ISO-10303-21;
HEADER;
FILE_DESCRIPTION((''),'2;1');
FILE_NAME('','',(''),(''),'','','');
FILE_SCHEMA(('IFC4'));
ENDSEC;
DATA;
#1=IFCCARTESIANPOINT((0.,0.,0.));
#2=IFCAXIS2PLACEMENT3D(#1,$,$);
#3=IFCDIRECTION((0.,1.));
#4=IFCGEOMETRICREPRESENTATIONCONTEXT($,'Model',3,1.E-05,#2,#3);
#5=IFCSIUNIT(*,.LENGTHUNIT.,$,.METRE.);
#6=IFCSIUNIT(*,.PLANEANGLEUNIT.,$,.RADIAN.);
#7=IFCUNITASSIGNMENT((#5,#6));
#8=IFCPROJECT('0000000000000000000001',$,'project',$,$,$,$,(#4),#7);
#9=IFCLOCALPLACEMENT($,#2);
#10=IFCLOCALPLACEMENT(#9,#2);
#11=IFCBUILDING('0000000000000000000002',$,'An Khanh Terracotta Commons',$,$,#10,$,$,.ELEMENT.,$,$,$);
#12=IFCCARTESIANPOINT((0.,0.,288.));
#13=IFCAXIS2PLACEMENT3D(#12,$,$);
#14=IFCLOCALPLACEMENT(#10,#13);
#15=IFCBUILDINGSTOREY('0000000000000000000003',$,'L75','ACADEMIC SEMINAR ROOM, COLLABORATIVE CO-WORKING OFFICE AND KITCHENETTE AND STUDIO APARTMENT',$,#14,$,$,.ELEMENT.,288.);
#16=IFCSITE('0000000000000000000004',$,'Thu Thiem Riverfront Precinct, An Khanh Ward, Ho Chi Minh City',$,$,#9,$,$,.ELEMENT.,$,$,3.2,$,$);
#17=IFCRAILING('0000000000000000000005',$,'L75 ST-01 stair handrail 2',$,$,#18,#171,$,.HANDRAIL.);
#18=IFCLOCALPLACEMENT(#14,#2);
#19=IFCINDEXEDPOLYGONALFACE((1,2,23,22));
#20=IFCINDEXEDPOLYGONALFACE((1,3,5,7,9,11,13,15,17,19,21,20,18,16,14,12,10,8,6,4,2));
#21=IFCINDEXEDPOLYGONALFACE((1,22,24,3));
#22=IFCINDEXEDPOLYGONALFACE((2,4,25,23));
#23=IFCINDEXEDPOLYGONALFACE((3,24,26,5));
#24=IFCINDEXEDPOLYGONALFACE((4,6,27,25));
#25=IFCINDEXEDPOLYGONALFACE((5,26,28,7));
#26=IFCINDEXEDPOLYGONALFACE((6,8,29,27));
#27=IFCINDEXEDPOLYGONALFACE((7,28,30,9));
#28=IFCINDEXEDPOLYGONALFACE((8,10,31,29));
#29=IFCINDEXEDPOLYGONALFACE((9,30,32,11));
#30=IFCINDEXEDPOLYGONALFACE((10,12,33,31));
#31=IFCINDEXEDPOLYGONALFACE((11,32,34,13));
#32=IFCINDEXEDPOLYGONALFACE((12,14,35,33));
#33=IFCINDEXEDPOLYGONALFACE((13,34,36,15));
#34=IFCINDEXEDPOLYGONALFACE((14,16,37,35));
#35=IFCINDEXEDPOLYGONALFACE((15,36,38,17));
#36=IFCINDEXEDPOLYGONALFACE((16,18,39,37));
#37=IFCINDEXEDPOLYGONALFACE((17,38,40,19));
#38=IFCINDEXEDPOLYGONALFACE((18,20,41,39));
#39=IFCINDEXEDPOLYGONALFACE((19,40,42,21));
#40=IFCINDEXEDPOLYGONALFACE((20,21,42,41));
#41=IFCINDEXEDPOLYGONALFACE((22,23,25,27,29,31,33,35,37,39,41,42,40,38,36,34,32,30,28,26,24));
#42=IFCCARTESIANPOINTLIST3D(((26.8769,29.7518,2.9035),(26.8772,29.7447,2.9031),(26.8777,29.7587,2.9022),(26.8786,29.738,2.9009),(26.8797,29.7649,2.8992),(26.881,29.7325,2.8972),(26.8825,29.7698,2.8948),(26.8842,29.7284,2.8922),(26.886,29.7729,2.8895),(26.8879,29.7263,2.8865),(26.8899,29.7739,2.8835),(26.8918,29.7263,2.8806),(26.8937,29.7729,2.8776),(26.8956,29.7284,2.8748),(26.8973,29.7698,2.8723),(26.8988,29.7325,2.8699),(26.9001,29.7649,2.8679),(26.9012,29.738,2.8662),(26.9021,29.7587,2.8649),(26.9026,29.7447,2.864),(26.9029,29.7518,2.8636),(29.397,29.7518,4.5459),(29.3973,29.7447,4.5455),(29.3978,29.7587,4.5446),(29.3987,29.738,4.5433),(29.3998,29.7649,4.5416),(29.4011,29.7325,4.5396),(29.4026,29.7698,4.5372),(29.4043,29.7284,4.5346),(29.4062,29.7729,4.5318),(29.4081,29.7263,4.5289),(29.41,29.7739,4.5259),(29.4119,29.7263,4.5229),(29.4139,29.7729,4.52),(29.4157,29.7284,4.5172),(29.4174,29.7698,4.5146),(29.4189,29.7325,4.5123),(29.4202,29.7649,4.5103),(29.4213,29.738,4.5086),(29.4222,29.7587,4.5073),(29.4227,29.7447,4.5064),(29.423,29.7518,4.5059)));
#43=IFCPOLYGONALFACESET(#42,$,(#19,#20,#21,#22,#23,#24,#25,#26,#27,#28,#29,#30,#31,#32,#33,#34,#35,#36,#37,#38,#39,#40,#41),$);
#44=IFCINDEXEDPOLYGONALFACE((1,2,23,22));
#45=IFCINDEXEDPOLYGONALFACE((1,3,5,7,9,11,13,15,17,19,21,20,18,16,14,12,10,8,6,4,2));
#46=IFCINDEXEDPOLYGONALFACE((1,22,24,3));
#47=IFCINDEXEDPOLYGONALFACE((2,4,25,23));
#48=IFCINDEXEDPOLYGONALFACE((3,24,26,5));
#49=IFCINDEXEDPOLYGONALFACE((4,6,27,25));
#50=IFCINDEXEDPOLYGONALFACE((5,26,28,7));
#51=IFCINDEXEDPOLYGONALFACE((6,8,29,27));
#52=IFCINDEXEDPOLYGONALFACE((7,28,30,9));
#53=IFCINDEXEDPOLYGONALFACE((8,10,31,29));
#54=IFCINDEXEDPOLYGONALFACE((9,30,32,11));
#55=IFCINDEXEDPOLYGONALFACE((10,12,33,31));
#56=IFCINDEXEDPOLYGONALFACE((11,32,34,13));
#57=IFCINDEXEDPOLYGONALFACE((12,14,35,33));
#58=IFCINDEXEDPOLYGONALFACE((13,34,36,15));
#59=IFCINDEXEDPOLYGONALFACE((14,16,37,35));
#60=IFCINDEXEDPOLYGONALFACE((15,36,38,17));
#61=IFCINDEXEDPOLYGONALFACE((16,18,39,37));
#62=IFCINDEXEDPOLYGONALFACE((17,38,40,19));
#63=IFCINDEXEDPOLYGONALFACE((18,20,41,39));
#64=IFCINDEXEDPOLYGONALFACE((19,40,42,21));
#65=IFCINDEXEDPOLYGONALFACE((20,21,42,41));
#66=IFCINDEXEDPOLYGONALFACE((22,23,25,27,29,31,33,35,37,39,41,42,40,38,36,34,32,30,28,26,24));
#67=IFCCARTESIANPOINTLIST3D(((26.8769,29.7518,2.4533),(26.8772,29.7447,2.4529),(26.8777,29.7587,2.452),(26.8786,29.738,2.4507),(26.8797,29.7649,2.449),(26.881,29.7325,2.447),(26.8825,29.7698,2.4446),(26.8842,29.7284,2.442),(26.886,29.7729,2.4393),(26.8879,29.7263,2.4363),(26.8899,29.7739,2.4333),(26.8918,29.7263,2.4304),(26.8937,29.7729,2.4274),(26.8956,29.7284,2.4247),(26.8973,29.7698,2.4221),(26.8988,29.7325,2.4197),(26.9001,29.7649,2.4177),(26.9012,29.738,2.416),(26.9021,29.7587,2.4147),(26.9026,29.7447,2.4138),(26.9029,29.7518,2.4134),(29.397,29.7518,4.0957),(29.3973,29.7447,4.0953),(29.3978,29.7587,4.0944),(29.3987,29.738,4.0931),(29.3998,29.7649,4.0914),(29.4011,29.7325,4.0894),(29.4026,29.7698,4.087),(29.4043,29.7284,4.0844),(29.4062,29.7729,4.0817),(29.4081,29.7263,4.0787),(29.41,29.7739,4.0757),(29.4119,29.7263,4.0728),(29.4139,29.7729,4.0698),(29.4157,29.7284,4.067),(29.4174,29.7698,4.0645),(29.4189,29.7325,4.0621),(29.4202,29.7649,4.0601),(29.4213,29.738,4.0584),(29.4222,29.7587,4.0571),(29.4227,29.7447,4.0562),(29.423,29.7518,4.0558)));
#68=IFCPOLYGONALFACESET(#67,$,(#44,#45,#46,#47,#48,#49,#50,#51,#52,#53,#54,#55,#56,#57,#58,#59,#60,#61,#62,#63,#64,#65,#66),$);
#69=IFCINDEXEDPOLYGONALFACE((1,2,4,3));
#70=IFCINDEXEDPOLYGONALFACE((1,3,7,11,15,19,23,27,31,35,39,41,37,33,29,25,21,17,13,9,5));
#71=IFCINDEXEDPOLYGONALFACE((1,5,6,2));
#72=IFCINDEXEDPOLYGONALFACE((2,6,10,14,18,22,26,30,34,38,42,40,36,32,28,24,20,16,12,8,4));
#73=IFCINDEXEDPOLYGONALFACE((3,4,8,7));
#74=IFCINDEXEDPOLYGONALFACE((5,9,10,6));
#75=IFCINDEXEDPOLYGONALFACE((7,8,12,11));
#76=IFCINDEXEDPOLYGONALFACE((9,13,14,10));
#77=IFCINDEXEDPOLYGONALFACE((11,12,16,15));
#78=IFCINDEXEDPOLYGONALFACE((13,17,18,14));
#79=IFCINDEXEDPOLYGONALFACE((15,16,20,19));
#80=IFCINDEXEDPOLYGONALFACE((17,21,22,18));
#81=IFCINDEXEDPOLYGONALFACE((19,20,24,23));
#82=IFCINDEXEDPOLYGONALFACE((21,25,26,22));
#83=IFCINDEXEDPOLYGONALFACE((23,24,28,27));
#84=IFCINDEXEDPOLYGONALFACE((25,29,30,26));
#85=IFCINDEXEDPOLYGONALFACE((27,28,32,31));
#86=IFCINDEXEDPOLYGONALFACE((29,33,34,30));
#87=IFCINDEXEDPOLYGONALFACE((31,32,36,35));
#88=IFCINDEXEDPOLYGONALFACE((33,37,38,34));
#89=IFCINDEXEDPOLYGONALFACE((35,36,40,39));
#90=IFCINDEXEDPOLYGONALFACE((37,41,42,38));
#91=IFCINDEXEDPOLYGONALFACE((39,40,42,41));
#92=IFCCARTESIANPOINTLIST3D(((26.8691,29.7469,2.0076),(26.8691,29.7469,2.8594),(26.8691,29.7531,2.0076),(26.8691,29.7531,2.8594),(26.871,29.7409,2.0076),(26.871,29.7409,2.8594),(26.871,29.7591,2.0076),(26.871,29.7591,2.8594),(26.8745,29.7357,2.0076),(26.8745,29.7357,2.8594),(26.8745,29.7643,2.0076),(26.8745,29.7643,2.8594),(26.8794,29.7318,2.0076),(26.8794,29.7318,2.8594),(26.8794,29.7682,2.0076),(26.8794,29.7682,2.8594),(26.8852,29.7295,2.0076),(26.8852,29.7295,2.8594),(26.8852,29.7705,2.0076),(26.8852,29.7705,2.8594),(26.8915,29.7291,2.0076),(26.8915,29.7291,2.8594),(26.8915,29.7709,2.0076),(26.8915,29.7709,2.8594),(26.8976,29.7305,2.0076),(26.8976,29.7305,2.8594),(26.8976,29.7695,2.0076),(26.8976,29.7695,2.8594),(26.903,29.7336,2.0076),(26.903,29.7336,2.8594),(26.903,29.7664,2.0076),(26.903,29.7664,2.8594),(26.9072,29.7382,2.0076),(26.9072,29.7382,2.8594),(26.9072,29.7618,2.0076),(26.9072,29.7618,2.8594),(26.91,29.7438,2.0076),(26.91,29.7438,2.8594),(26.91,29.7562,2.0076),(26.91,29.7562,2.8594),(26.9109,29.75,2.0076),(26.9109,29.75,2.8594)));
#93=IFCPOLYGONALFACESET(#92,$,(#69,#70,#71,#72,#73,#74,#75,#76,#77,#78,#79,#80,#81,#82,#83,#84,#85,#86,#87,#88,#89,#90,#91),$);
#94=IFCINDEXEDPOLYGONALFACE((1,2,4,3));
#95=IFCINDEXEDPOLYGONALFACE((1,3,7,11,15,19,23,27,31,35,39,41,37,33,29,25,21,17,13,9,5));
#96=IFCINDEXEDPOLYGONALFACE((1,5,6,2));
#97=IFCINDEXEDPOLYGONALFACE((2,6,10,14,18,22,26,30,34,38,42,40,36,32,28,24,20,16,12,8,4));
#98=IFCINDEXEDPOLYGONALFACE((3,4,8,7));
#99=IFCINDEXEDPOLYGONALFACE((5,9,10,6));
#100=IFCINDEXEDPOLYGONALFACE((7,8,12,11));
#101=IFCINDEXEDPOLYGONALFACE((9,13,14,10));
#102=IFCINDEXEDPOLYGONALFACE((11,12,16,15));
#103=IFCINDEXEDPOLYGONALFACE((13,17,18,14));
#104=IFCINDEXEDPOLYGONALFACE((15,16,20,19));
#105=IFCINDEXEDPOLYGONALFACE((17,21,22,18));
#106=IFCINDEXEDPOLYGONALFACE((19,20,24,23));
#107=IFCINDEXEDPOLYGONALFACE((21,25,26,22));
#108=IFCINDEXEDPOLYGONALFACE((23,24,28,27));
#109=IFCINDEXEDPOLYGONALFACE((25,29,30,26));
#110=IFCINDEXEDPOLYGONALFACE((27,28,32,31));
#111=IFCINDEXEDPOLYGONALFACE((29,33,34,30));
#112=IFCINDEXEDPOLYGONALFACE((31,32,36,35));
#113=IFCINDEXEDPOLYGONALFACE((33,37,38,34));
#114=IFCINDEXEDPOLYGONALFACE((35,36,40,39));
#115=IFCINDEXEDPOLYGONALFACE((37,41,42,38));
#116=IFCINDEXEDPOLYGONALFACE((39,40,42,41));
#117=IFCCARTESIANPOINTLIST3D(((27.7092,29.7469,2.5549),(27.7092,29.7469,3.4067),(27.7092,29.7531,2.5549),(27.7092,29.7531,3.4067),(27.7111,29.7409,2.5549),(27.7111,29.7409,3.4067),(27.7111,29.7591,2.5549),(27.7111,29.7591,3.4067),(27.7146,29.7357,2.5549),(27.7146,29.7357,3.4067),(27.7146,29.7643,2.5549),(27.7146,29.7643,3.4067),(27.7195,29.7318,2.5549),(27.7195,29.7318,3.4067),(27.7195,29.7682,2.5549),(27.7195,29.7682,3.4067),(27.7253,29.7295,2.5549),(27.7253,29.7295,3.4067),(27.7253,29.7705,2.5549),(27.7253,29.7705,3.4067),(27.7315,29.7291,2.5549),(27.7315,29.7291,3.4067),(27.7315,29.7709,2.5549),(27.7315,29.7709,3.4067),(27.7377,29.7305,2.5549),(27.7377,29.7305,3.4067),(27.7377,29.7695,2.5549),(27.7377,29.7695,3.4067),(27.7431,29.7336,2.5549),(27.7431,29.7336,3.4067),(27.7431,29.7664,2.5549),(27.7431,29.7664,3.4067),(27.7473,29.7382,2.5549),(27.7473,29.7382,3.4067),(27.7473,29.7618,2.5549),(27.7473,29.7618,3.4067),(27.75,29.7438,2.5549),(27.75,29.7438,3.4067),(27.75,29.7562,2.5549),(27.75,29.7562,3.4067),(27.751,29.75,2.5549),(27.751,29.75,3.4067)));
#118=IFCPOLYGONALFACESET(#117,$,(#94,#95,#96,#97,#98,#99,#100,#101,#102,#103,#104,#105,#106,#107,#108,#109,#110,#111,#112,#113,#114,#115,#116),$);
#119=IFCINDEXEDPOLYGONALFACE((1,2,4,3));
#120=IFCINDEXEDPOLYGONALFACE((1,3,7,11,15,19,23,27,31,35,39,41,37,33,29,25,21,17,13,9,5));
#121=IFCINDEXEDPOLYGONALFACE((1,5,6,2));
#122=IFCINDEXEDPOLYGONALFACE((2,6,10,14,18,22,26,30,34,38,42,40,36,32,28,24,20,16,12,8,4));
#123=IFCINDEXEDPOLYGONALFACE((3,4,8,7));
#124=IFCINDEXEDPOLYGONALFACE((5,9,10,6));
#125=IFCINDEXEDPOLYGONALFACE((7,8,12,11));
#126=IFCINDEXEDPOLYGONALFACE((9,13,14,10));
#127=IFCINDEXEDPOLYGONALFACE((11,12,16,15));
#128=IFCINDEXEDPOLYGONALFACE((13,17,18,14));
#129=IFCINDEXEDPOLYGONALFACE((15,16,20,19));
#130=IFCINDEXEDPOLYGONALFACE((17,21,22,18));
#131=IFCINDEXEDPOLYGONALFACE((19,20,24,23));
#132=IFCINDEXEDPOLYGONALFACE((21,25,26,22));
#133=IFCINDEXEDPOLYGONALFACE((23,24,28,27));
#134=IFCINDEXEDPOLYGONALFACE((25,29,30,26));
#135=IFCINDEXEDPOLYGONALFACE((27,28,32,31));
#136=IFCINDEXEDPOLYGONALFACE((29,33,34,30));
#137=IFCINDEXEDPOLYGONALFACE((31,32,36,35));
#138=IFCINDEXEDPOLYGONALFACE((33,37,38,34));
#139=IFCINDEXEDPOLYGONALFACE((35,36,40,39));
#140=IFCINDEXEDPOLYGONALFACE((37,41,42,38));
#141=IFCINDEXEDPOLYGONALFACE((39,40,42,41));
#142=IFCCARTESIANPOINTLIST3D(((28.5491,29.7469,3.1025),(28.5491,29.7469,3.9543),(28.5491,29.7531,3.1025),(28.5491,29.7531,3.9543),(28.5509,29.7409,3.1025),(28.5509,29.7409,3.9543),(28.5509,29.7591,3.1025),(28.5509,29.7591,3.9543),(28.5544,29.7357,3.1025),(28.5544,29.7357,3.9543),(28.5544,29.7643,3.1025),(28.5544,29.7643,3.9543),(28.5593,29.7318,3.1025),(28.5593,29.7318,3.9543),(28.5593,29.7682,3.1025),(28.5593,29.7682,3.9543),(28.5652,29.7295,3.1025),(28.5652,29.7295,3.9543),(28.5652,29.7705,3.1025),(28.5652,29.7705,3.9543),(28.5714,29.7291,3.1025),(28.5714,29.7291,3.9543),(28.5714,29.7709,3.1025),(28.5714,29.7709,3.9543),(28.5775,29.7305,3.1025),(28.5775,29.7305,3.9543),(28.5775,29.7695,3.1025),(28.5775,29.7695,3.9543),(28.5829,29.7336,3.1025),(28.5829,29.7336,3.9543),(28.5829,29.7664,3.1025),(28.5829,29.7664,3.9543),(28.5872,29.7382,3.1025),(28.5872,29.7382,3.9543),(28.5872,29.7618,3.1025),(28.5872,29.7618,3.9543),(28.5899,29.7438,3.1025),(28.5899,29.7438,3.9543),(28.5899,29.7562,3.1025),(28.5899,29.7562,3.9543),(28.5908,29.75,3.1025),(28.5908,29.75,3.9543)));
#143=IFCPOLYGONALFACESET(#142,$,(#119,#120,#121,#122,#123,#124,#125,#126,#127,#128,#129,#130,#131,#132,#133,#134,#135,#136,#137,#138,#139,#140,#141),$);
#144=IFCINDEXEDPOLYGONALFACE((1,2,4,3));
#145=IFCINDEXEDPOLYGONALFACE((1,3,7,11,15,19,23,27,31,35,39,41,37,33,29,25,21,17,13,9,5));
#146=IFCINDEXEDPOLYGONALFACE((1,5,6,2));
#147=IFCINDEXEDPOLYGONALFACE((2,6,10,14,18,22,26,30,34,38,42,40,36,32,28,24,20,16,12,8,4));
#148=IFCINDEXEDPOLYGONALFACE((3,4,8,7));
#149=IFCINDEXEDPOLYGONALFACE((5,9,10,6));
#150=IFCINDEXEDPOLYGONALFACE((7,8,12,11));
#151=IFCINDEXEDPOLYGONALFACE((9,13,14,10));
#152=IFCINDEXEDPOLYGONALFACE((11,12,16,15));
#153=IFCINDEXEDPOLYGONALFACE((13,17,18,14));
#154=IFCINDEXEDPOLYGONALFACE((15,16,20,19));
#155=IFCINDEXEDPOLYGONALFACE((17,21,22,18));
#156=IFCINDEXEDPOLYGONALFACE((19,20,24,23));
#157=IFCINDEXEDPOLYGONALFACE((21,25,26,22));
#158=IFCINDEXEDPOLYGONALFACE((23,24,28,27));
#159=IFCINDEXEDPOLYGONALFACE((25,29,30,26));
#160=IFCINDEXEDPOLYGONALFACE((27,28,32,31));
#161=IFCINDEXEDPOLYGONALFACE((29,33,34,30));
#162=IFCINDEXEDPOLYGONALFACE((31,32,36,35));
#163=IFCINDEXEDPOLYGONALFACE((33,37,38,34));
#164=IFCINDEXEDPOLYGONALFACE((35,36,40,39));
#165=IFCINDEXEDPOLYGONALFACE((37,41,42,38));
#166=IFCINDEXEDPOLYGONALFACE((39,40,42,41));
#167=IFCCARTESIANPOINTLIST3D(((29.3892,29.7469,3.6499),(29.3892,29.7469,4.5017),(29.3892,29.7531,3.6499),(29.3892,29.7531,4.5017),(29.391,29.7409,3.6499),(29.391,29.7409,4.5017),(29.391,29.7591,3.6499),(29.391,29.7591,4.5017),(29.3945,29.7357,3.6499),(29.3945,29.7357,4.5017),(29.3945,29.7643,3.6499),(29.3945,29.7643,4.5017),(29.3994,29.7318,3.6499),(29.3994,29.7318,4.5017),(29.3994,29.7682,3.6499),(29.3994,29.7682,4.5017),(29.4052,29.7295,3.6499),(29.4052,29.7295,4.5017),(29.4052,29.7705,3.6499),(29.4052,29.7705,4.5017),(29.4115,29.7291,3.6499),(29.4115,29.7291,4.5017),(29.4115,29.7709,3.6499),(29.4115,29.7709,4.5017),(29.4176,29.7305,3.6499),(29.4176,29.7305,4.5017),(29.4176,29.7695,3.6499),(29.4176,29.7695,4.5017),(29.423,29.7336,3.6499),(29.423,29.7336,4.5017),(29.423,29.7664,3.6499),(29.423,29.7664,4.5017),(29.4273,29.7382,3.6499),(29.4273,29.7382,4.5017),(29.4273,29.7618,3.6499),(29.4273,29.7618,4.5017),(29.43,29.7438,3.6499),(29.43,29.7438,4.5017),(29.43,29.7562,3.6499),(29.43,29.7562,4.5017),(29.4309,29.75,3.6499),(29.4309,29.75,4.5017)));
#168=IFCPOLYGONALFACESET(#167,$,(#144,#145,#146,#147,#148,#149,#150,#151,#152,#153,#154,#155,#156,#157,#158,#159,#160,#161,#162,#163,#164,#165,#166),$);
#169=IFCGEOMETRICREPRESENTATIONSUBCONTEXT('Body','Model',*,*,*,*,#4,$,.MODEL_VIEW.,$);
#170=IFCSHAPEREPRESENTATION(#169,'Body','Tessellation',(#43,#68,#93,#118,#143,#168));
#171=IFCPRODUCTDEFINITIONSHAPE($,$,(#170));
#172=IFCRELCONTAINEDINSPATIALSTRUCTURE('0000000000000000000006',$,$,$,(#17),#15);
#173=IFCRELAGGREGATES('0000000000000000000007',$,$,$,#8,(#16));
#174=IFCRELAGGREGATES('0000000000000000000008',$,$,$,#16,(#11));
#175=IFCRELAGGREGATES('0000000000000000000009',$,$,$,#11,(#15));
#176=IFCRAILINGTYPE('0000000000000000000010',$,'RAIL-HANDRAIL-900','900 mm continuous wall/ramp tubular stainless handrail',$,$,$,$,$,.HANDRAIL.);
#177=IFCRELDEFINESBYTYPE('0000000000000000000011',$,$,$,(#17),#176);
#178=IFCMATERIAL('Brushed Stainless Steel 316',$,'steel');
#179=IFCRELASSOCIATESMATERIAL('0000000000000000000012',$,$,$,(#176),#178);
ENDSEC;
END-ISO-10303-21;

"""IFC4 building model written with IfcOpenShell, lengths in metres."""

from ifc_helpers import new_model, si_unit, direction, frame, origin, origin_2d, place, context, subcontext, project, spatial, circle, extrude, material, type_object, element, save


model = new_model("IFC4")

# Units and contexts
model_context = context("Model", 3, precision=1e-05, world=origin(), true_north=direction((0.0, 1.0)))
body_context = subcontext(model_context, "Body", "Model", "MODEL_VIEW")
ifc_project = project(units=[si_unit("LENGTHUNIT", "METRE"), si_unit("PLANEANGLEUNIT", "RADIAN")], contexts=[model_context])

# Site, building, storey
site_placement = place(None, origin())
site = spatial("IfcSite", under=ifc_project, at=site_placement, Name="Thu Thiem Riverfront Precinct, An Khanh Ward, Ho Chi Minh City", CompositionType="ELEMENT", RefElevation=3.2)
building_placement = place(site_placement, origin())
building = spatial("IfcBuilding", under=site, at=building_placement, Name="An Khanh Terracotta Commons", CompositionType="ELEMENT")
storey_placement = place(building_placement, frame((0.0, 0.0, 288.0)))
storey = spatial("IfcBuildingStorey", under=building, at=storey_placement, Name="L75", Description="ACADEMIC SEMINAR ROOM, COLLABORATIVE CO-WORKING OFFICE AND KITCHENETTE AND STUDIO APARTMENT", CompositionType="ELEMENT", Elevation=288.0)

# Railing
ifc_material_1 = material(Name="Brushed Stainless Steel 316", Category="steel")
railing_type_1 = type_object("IfcRailingType", Name="RAIL-HANDRAIL-900", Description="900 mm continuous wall/ramp tubular stainless handrail", PredefinedType="HANDRAIL", material=ifc_material_1)
railing_1_placement = place(storey_placement, frame((26.8899, 29.75, 2.0076)))
element("IfcRailing", 1, at=railing_1_placement, inside=storey, type_object=railing_type_1, Name="L75 ST-01 stair handrail 2", PredefinedType="HANDRAIL", context=body_context, shape_type="SweptSolid", body=[
    extrude(circle(Radius=0.0239, at=origin_2d()), frame((0.0, 0.0, 0.876), z_axis=(0.837787, 0.0, 0.545998), x_axis=(0.0, 1.0, 0.0)), (0.0, 0.0, 1.0), 3.0081),
    extrude(circle(Radius=0.0239, at=origin_2d()), frame((0.0, 0.0, 0.4258), z_axis=(0.837787, 0.0, 0.545998), x_axis=(0.0, 1.0, 0.0)), (0.0, 0.0, 1.0), 3.0081),
    extrude(circle(Radius=0.021, at=origin_2d()), origin(), (0.0, 0.0, 1.0), 0.8518),
    extrude(circle(Radius=0.021, at=origin_2d()), frame((0.8401, 0.0, 0.5474)), (0.0, 0.0, 1.0), 0.8518),
    extrude(circle(Radius=0.021, at=origin_2d()), frame((1.6799, 0.0, 1.095)), (0.0, 0.0, 1.0), 0.8518),
    extrude(circle(Radius=0.021, at=origin_2d()), frame((2.52, 0.0, 1.6423)), (0.0, 0.0, 1.0), 0.8518),
])

save(model, "model.ifc")
